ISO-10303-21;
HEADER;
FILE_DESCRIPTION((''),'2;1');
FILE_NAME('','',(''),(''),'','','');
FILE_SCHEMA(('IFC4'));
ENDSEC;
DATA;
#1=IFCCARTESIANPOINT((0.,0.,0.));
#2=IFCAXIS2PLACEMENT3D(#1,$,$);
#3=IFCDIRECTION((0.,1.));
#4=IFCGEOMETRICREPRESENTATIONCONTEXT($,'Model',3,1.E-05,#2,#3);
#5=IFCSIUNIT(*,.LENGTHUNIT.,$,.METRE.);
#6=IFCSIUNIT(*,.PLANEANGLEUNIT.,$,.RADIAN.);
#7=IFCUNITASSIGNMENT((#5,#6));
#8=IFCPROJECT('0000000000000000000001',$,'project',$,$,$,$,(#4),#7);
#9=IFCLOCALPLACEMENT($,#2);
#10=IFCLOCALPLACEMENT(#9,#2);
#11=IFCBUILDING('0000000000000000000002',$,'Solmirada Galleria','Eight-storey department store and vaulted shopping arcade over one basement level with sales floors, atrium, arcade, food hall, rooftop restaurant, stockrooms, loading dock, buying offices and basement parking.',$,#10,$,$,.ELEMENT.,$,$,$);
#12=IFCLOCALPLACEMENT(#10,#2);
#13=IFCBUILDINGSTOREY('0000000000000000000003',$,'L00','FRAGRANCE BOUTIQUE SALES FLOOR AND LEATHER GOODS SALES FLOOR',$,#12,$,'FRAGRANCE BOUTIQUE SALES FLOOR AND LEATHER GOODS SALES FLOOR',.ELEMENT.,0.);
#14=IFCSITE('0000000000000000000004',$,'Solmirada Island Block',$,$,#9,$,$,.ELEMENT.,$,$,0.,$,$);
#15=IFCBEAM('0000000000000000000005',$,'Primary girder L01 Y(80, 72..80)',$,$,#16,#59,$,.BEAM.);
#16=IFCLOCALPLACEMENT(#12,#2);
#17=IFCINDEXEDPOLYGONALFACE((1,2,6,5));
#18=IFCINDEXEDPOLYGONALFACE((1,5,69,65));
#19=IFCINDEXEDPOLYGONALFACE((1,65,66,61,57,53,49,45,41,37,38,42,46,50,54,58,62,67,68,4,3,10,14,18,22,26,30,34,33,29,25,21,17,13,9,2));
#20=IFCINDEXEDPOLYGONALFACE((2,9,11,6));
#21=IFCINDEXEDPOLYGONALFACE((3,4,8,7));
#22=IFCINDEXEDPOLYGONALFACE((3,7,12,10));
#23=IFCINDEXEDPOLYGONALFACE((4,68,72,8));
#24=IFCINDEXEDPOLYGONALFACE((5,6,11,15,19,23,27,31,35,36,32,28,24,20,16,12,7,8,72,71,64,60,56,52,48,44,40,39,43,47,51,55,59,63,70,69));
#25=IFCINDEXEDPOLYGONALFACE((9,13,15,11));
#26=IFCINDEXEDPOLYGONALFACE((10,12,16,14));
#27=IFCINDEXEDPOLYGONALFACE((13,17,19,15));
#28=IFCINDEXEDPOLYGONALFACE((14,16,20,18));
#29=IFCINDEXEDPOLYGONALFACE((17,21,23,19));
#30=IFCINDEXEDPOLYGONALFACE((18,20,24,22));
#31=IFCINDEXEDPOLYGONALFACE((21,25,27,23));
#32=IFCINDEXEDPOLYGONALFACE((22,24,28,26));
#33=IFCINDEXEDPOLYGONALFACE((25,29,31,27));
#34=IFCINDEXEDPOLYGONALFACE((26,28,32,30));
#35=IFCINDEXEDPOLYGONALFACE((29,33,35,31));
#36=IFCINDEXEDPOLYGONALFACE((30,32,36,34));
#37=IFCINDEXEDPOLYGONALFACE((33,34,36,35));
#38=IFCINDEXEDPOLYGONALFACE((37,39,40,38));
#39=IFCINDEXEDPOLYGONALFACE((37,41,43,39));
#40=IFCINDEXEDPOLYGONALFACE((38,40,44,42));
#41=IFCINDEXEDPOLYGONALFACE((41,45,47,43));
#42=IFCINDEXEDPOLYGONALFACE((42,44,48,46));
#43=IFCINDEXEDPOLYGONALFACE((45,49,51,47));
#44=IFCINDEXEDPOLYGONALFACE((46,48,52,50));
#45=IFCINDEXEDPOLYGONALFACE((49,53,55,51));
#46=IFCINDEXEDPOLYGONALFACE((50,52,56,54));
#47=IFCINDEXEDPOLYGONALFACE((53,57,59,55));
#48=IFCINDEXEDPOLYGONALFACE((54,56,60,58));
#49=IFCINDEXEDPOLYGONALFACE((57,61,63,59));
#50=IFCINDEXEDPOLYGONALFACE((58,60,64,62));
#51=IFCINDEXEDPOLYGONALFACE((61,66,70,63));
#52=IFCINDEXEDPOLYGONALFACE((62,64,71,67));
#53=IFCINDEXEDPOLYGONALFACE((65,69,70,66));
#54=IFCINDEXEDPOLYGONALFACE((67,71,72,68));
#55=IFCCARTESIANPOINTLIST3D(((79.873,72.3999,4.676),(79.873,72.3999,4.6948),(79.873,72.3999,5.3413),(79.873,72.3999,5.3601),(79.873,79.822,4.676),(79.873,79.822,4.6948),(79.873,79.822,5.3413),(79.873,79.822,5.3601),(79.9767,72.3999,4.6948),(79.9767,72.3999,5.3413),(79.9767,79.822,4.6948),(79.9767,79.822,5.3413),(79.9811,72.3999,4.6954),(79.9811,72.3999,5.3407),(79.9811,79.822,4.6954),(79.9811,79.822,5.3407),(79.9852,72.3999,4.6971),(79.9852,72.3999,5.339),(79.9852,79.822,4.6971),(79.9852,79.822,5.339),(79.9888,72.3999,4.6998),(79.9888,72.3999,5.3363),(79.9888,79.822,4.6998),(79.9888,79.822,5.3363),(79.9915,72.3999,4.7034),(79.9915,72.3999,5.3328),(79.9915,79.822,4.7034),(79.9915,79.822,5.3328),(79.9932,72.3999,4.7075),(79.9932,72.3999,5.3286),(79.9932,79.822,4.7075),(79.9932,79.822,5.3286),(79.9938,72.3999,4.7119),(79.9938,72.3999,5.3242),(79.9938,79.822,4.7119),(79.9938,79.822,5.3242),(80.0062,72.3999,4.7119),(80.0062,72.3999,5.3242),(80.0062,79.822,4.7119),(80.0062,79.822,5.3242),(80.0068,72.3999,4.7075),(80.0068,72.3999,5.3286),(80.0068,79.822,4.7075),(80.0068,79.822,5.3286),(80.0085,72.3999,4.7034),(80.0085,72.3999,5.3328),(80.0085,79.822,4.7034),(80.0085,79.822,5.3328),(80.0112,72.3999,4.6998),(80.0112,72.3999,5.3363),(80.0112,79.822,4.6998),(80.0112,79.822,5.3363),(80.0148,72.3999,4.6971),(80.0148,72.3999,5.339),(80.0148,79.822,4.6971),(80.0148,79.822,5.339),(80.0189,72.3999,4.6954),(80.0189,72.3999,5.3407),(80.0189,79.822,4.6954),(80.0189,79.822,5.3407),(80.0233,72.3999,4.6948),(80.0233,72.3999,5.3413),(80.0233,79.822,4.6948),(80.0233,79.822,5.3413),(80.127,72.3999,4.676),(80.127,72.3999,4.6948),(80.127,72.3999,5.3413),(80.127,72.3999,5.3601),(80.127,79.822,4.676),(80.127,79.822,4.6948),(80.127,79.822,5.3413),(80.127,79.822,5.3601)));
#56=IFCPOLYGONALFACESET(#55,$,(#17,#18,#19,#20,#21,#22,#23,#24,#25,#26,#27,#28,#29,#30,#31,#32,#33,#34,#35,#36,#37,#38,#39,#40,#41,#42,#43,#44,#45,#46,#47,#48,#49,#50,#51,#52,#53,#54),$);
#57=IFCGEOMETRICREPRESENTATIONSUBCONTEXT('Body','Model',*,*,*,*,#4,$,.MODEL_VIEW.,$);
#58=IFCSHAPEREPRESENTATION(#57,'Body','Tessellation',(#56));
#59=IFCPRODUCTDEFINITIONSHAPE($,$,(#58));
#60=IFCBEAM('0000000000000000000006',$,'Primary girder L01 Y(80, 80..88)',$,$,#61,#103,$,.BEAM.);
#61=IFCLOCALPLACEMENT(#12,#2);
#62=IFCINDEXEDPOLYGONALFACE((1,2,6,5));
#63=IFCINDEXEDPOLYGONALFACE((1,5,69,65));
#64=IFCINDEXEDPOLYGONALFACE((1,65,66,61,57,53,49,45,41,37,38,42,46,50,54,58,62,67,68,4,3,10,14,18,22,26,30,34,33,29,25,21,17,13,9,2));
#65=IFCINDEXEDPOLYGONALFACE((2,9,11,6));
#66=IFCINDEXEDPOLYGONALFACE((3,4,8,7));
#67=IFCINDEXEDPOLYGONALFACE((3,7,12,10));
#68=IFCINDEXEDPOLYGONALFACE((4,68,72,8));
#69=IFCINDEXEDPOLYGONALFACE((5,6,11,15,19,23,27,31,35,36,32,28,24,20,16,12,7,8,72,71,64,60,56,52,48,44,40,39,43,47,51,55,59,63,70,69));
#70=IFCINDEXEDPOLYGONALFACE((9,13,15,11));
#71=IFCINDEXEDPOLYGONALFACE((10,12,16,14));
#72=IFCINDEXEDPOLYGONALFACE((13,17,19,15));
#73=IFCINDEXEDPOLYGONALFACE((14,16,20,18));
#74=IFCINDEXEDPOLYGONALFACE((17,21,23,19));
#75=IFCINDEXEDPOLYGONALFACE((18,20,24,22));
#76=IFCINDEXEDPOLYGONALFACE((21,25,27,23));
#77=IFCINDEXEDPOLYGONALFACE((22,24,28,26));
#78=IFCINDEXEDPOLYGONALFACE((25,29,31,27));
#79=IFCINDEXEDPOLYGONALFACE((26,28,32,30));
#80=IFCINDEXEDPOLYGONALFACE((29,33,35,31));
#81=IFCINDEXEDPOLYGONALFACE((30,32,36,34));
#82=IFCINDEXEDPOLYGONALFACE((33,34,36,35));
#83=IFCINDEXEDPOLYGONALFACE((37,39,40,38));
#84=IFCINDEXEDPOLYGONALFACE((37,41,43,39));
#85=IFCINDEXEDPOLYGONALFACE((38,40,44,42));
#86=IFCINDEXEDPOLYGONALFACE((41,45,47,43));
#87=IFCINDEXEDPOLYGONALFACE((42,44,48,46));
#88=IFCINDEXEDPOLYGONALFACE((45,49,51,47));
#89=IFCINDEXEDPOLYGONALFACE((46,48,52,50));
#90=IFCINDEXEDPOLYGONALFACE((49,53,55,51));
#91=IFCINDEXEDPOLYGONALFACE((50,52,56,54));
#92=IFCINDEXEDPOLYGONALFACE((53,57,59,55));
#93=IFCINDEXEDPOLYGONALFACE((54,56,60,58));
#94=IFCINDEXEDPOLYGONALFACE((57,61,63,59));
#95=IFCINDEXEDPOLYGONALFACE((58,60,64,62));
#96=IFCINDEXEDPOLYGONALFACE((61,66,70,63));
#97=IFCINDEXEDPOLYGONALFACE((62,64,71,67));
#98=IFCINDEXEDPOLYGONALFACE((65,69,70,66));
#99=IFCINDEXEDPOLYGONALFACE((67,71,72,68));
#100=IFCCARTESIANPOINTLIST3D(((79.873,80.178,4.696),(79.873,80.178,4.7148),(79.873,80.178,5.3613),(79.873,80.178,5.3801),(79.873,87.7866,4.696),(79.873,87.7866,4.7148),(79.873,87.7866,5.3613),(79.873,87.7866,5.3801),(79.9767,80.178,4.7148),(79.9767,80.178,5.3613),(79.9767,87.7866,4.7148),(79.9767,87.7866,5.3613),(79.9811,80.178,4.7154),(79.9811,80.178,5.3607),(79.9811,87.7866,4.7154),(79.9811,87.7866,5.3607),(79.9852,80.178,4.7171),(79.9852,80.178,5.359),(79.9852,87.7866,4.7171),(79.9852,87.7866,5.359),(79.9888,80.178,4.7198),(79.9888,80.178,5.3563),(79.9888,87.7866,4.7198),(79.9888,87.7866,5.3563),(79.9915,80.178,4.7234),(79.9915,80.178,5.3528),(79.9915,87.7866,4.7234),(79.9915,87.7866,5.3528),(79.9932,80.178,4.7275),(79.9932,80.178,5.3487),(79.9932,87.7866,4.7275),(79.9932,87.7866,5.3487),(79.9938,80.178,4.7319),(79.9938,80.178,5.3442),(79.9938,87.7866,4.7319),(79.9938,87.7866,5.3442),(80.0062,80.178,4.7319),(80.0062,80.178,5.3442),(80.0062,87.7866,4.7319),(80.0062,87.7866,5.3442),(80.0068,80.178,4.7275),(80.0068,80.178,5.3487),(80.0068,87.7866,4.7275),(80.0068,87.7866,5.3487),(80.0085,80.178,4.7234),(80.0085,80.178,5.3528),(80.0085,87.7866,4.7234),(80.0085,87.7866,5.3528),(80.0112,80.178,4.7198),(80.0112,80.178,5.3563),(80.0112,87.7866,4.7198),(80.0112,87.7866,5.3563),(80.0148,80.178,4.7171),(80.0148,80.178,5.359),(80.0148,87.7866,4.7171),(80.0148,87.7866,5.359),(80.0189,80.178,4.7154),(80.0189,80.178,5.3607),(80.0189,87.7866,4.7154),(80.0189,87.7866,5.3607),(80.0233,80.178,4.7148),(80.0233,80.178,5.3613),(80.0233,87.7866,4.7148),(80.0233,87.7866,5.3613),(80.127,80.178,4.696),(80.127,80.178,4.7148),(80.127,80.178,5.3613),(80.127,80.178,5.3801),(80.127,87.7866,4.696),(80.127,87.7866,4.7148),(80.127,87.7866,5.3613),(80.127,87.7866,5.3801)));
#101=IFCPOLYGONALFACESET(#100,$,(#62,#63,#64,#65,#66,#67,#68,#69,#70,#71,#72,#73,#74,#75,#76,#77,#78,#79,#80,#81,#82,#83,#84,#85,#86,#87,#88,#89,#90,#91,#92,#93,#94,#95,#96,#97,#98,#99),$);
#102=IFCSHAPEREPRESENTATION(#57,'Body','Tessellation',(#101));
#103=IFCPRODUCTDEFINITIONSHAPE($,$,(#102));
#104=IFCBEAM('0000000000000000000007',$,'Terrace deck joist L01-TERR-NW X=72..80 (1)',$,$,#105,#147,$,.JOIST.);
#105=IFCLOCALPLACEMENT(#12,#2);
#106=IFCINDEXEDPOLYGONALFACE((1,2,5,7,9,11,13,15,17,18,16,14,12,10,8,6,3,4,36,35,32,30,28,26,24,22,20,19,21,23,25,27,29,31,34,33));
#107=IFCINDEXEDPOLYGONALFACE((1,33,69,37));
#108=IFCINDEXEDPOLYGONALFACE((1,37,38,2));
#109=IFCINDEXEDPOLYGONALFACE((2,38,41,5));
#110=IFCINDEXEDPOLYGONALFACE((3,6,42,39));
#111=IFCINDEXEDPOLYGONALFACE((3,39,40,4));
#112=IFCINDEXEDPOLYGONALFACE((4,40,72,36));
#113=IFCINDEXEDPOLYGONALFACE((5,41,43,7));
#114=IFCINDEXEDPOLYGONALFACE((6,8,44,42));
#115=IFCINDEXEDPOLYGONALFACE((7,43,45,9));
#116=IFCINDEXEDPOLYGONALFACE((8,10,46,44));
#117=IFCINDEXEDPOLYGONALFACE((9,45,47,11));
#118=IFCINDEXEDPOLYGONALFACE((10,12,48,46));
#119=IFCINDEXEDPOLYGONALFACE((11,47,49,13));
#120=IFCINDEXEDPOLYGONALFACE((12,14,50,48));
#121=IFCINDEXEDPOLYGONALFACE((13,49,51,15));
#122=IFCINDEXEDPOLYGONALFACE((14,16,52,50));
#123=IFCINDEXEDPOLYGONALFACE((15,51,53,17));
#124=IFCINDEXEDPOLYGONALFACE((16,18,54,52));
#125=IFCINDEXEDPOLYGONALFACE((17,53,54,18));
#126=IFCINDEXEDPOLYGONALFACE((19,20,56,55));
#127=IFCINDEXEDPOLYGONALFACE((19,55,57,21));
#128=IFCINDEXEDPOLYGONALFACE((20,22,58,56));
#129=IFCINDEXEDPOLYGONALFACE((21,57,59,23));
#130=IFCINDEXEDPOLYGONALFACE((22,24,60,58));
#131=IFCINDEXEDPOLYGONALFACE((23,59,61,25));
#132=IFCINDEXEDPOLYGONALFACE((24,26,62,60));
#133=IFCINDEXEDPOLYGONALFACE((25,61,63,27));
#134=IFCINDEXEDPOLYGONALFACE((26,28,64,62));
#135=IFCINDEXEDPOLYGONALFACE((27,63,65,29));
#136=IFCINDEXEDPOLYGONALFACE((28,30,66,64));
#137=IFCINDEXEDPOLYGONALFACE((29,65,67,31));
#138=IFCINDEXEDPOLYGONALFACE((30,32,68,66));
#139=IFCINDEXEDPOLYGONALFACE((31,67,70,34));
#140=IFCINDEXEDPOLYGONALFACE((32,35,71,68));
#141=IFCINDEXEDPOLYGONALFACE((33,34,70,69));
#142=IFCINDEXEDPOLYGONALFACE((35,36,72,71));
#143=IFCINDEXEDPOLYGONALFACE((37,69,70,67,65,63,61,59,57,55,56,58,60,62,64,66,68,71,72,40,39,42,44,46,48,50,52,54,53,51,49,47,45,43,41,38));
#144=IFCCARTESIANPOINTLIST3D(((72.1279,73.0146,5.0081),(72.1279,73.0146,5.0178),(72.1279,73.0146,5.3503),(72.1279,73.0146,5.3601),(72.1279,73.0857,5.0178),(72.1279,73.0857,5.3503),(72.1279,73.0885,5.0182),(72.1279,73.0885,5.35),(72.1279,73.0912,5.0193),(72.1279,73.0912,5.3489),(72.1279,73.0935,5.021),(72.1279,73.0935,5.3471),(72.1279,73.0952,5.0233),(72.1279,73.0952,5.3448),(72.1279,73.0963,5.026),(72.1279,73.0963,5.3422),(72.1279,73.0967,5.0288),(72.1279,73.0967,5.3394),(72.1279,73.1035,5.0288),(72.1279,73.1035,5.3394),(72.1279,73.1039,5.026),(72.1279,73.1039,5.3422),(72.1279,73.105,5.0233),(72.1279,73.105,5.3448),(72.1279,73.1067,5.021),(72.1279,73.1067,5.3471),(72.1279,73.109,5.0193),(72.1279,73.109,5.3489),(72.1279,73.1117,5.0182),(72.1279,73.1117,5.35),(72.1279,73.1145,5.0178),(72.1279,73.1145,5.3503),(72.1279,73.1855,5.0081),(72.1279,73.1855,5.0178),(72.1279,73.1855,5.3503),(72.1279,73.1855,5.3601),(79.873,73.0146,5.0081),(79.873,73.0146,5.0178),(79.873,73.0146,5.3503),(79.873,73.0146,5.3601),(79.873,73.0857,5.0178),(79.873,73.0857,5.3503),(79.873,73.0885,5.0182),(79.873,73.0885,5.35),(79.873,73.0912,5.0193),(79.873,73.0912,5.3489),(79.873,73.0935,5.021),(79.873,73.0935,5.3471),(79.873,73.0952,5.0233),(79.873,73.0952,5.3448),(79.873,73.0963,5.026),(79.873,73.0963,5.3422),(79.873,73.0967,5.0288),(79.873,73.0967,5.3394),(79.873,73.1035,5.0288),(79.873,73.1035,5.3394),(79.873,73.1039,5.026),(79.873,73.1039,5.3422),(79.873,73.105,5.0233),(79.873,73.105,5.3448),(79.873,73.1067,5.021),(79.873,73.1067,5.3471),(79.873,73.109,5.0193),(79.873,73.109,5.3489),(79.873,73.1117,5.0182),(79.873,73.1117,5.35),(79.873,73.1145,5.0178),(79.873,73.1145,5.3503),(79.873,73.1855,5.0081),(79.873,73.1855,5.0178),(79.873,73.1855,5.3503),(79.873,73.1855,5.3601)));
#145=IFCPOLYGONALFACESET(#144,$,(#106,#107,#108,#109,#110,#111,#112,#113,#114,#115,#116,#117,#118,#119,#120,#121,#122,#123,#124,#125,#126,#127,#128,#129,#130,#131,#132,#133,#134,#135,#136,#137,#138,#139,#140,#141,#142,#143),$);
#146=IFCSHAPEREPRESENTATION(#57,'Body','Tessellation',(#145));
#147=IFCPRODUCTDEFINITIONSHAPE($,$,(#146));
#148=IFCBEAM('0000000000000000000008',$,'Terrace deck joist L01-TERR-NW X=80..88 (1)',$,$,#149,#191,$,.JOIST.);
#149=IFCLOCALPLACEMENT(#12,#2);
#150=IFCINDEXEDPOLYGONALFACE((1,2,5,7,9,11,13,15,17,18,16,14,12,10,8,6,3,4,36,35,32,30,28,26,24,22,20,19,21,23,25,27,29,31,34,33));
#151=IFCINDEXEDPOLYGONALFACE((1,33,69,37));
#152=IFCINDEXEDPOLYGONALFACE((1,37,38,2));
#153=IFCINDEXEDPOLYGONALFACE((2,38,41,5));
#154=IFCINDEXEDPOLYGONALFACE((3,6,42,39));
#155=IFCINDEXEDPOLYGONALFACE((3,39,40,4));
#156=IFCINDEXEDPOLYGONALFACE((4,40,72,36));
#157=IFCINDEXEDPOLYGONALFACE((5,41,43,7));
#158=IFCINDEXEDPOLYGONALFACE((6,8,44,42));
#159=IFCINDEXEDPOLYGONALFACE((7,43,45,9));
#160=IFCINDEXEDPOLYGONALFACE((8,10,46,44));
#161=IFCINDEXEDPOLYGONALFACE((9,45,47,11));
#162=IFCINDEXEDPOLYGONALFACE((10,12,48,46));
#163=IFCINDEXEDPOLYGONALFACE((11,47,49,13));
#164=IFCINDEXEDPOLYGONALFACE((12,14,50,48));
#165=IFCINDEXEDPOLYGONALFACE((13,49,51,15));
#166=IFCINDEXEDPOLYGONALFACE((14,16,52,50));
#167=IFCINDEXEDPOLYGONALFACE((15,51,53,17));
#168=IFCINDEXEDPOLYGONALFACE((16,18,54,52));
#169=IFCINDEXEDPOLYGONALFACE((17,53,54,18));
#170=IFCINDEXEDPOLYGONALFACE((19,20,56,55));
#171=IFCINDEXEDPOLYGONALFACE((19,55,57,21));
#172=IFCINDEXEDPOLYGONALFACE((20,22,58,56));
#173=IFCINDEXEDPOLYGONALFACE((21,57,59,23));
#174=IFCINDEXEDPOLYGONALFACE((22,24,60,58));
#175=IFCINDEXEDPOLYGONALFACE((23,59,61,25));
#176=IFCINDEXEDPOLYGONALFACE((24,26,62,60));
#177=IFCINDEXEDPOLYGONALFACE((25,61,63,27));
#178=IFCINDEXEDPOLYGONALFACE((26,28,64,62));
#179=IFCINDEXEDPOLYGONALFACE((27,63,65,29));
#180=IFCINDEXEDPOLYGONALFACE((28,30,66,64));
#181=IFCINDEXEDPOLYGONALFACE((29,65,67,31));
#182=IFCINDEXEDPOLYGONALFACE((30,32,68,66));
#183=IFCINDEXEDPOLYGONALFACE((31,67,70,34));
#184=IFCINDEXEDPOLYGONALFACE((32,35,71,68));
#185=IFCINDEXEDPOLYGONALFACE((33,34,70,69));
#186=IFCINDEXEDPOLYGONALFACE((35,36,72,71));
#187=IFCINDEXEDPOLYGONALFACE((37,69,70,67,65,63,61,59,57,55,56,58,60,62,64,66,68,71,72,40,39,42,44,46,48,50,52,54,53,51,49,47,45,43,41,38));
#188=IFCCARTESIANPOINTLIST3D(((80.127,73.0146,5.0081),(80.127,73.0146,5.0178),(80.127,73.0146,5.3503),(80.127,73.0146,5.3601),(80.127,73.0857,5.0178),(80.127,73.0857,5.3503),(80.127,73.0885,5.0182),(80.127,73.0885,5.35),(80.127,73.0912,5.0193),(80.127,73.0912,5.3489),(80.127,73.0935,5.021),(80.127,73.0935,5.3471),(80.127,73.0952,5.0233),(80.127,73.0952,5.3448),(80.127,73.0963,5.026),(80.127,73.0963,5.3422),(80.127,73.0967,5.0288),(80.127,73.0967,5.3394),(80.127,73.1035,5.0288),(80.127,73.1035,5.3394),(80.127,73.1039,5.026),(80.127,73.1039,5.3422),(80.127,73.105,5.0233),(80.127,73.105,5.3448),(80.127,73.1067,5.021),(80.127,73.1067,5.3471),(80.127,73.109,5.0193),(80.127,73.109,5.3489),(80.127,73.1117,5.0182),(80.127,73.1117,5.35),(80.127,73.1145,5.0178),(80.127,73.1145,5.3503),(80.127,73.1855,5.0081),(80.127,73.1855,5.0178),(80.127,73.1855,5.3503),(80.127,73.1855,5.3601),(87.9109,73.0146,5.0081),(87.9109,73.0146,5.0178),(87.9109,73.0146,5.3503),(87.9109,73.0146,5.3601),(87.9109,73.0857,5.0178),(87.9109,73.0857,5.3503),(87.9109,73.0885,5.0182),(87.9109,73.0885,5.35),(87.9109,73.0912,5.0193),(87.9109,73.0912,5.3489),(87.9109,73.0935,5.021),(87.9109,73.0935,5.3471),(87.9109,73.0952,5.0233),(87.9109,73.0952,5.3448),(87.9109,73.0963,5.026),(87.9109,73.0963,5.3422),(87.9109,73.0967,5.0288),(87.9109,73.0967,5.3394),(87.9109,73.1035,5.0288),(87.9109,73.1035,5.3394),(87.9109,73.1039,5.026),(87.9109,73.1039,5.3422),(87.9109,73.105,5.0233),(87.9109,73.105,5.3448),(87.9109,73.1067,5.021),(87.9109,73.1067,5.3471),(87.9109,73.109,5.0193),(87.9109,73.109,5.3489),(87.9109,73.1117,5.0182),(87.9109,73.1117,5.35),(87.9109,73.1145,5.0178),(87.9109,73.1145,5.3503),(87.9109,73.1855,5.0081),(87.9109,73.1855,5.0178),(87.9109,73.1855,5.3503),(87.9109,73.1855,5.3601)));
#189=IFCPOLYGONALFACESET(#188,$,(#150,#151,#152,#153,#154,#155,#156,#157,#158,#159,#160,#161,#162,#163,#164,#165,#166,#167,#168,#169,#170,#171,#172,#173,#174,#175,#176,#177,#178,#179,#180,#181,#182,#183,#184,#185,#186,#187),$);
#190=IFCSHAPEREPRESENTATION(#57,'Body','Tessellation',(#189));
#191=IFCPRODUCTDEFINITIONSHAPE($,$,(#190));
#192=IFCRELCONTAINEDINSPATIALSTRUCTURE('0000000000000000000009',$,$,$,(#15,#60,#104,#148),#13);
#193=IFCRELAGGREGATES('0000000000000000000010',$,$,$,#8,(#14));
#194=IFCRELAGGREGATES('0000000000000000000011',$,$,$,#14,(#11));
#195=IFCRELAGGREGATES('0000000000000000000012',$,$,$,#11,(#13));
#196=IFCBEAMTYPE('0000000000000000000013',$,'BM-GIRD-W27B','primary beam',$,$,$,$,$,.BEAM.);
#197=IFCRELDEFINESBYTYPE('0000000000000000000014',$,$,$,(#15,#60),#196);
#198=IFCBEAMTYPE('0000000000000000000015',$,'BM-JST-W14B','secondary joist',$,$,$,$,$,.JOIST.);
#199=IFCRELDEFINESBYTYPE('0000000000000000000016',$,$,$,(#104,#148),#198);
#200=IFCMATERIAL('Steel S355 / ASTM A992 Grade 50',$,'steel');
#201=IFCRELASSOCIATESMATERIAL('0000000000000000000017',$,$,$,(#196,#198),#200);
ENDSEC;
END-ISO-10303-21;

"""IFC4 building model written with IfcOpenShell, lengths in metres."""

from ifc_helpers import new_model, si_unit, direction, frame, origin, origin_2d, place, context, subcontext, project, spatial, i_section, extrude, material, material_profile, profile_set, type_object, element, save


model = new_model("IFC4")

# Units and contexts
model_context = context("Model", 3, precision=1e-05, world=origin(), true_north=direction((0.0, 1.0)))
body_context = subcontext(model_context, "Body", "Model", "MODEL_VIEW")
ifc_project = project(units=[si_unit("LENGTHUNIT", "METRE"), si_unit("PLANEANGLEUNIT", "RADIAN")], contexts=[model_context])

# Site, building, storey
site_placement = place(None, origin())
site = spatial("IfcSite", under=ifc_project, at=site_placement, Name="Solmirada Island Block", CompositionType="ELEMENT", RefElevation=0.0)
building_placement = place(site_placement, origin())
building = spatial("IfcBuilding", under=site, at=building_placement, Name="Solmirada Galleria", Description="Eight-storey department store and vaulted shopping arcade over one basement level with sales floors, atrium, arcade, food hall, rooftop restaurant, stockrooms, loading dock, buying offices and basement parking.", CompositionType="ELEMENT")
storey_placement = place(building_placement, origin())
storey = spatial("IfcBuildingStorey", under=building, at=storey_placement, Name="L00", Description="FRAGRANCE BOUTIQUE SALES FLOOR AND LEATHER GOODS SALES FLOOR", LongName="FRAGRANCE BOUTIQUE SALES FLOOR AND LEATHER GOODS SALES FLOOR", CompositionType="ELEMENT", Elevation=0.0)

# Beams
ifc_material_1 = material(Name="Steel S355 / ASTM A992 Grade 50", Category="steel")
ifc_material_profile_1 = material_profile(ifc_material_1, i_section(OverallWidth=0.2539, OverallDepth=0.6841, WebThickness=0.0125, FlangeThickness=0.0188, FilletRadius=0.0171, at=origin_2d()), Name="W27X94")
ifc_profile_set_1 = profile_set([ifc_material_profile_1], Name="Steel S355 / ASTM A992 Grade 50")
beam_type_1 = type_object("IfcBeamType", Name="BM-GIRD-W27B", Description="primary beam", PredefinedType="BEAM", material=ifc_profile_set_1)
beam_1_placement = place(storey_placement, frame((80.0, 72.3999, 5.0181), z_axis=(0.0, 1.0, 0.0), x_axis=(-1.0, 0.0, 0.0)))
element("IfcBeam", 1, at=beam_1_placement, inside=storey, type_object=beam_type_1, Name="Primary girder L01 Y(80, 72..80)", PredefinedType="BEAM", context=body_context, shape_type="SweptSolid", body=[
    extrude(i_section(OverallWidth=0.2539, OverallDepth=0.6841, WebThickness=0.0125, FlangeThickness=0.0188, FilletRadius=0.0171, at=origin_2d()), origin(), (0.0, 0.0, 1.0), 7.4221),
])
beam_2_placement = place(storey_placement, frame((80.0, 80.178, 5.0381), z_axis=(0.0, 1.0, 0.0), x_axis=(-1.0, 0.0, 0.0)))
element("IfcBeam", 2, at=beam_2_placement, inside=storey, type_object=beam_type_1, Name="Primary girder L01 Y(80, 80..88)", PredefinedType="BEAM", context=body_context, shape_type="SweptSolid", body=[
    extrude(i_section(OverallWidth=0.2539, OverallDepth=0.6841, WebThickness=0.0125, FlangeThickness=0.0188, FilletRadius=0.0171, at=origin_2d()), origin(), (0.0, 0.0, 1.0), 7.6086),
])
ifc_material_profile_2 = material_profile(ifc_material_1, i_section(OverallWidth=0.1709, OverallDepth=0.3521, WebThickness=0.0068, FlangeThickness=0.0098, FilletRadius=0.011, at=origin_2d()), Name="W14X30")
ifc_profile_set_2 = profile_set([ifc_material_profile_2], Name="Steel S355 / ASTM A992 Grade 50")
beam_type_2 = type_object("IfcBeamType", Name="BM-JST-W14B", Description="secondary joist", PredefinedType="JOIST", material=ifc_profile_set_2)
beam_3_placement = place(storey_placement, frame((72.1279, 73.1001, 5.1841), z_axis=(1.0, 0.0, 0.0), x_axis=(0.0, 1.0, 0.0)))
element("IfcBeam", 3, at=beam_3_placement, inside=storey, type_object=beam_type_2, Name="Terrace deck joist L01-TERR-NW X=72..80 (1)", PredefinedType="JOIST", context=body_context, shape_type="SweptSolid", body=[
    extrude(i_section(OverallWidth=0.1709, OverallDepth=0.3521, WebThickness=0.0068, FlangeThickness=0.0098, FilletRadius=0.011, at=origin_2d()), origin(), (0.0, 0.0, 1.0), 7.7451),
])
beam_4_placement = place(storey_placement, frame((80.127, 73.1001, 5.1841), z_axis=(1.0, 0.0, 0.0), x_axis=(0.0, 1.0, 0.0)))
element("IfcBeam", 4, at=beam_4_placement, inside=storey, type_object=beam_type_2, Name="Terrace deck joist L01-TERR-NW X=80..88 (1)", PredefinedType="JOIST", context=body_context, shape_type="SweptSolid", body=[
    extrude(i_section(OverallWidth=0.1709, OverallDepth=0.3521, WebThickness=0.0068, FlangeThickness=0.0098, FilletRadius=0.011, at=origin_2d()), origin(), (0.0, 0.0, 1.0), 7.7839),
])

save(model, "model.ifc")
